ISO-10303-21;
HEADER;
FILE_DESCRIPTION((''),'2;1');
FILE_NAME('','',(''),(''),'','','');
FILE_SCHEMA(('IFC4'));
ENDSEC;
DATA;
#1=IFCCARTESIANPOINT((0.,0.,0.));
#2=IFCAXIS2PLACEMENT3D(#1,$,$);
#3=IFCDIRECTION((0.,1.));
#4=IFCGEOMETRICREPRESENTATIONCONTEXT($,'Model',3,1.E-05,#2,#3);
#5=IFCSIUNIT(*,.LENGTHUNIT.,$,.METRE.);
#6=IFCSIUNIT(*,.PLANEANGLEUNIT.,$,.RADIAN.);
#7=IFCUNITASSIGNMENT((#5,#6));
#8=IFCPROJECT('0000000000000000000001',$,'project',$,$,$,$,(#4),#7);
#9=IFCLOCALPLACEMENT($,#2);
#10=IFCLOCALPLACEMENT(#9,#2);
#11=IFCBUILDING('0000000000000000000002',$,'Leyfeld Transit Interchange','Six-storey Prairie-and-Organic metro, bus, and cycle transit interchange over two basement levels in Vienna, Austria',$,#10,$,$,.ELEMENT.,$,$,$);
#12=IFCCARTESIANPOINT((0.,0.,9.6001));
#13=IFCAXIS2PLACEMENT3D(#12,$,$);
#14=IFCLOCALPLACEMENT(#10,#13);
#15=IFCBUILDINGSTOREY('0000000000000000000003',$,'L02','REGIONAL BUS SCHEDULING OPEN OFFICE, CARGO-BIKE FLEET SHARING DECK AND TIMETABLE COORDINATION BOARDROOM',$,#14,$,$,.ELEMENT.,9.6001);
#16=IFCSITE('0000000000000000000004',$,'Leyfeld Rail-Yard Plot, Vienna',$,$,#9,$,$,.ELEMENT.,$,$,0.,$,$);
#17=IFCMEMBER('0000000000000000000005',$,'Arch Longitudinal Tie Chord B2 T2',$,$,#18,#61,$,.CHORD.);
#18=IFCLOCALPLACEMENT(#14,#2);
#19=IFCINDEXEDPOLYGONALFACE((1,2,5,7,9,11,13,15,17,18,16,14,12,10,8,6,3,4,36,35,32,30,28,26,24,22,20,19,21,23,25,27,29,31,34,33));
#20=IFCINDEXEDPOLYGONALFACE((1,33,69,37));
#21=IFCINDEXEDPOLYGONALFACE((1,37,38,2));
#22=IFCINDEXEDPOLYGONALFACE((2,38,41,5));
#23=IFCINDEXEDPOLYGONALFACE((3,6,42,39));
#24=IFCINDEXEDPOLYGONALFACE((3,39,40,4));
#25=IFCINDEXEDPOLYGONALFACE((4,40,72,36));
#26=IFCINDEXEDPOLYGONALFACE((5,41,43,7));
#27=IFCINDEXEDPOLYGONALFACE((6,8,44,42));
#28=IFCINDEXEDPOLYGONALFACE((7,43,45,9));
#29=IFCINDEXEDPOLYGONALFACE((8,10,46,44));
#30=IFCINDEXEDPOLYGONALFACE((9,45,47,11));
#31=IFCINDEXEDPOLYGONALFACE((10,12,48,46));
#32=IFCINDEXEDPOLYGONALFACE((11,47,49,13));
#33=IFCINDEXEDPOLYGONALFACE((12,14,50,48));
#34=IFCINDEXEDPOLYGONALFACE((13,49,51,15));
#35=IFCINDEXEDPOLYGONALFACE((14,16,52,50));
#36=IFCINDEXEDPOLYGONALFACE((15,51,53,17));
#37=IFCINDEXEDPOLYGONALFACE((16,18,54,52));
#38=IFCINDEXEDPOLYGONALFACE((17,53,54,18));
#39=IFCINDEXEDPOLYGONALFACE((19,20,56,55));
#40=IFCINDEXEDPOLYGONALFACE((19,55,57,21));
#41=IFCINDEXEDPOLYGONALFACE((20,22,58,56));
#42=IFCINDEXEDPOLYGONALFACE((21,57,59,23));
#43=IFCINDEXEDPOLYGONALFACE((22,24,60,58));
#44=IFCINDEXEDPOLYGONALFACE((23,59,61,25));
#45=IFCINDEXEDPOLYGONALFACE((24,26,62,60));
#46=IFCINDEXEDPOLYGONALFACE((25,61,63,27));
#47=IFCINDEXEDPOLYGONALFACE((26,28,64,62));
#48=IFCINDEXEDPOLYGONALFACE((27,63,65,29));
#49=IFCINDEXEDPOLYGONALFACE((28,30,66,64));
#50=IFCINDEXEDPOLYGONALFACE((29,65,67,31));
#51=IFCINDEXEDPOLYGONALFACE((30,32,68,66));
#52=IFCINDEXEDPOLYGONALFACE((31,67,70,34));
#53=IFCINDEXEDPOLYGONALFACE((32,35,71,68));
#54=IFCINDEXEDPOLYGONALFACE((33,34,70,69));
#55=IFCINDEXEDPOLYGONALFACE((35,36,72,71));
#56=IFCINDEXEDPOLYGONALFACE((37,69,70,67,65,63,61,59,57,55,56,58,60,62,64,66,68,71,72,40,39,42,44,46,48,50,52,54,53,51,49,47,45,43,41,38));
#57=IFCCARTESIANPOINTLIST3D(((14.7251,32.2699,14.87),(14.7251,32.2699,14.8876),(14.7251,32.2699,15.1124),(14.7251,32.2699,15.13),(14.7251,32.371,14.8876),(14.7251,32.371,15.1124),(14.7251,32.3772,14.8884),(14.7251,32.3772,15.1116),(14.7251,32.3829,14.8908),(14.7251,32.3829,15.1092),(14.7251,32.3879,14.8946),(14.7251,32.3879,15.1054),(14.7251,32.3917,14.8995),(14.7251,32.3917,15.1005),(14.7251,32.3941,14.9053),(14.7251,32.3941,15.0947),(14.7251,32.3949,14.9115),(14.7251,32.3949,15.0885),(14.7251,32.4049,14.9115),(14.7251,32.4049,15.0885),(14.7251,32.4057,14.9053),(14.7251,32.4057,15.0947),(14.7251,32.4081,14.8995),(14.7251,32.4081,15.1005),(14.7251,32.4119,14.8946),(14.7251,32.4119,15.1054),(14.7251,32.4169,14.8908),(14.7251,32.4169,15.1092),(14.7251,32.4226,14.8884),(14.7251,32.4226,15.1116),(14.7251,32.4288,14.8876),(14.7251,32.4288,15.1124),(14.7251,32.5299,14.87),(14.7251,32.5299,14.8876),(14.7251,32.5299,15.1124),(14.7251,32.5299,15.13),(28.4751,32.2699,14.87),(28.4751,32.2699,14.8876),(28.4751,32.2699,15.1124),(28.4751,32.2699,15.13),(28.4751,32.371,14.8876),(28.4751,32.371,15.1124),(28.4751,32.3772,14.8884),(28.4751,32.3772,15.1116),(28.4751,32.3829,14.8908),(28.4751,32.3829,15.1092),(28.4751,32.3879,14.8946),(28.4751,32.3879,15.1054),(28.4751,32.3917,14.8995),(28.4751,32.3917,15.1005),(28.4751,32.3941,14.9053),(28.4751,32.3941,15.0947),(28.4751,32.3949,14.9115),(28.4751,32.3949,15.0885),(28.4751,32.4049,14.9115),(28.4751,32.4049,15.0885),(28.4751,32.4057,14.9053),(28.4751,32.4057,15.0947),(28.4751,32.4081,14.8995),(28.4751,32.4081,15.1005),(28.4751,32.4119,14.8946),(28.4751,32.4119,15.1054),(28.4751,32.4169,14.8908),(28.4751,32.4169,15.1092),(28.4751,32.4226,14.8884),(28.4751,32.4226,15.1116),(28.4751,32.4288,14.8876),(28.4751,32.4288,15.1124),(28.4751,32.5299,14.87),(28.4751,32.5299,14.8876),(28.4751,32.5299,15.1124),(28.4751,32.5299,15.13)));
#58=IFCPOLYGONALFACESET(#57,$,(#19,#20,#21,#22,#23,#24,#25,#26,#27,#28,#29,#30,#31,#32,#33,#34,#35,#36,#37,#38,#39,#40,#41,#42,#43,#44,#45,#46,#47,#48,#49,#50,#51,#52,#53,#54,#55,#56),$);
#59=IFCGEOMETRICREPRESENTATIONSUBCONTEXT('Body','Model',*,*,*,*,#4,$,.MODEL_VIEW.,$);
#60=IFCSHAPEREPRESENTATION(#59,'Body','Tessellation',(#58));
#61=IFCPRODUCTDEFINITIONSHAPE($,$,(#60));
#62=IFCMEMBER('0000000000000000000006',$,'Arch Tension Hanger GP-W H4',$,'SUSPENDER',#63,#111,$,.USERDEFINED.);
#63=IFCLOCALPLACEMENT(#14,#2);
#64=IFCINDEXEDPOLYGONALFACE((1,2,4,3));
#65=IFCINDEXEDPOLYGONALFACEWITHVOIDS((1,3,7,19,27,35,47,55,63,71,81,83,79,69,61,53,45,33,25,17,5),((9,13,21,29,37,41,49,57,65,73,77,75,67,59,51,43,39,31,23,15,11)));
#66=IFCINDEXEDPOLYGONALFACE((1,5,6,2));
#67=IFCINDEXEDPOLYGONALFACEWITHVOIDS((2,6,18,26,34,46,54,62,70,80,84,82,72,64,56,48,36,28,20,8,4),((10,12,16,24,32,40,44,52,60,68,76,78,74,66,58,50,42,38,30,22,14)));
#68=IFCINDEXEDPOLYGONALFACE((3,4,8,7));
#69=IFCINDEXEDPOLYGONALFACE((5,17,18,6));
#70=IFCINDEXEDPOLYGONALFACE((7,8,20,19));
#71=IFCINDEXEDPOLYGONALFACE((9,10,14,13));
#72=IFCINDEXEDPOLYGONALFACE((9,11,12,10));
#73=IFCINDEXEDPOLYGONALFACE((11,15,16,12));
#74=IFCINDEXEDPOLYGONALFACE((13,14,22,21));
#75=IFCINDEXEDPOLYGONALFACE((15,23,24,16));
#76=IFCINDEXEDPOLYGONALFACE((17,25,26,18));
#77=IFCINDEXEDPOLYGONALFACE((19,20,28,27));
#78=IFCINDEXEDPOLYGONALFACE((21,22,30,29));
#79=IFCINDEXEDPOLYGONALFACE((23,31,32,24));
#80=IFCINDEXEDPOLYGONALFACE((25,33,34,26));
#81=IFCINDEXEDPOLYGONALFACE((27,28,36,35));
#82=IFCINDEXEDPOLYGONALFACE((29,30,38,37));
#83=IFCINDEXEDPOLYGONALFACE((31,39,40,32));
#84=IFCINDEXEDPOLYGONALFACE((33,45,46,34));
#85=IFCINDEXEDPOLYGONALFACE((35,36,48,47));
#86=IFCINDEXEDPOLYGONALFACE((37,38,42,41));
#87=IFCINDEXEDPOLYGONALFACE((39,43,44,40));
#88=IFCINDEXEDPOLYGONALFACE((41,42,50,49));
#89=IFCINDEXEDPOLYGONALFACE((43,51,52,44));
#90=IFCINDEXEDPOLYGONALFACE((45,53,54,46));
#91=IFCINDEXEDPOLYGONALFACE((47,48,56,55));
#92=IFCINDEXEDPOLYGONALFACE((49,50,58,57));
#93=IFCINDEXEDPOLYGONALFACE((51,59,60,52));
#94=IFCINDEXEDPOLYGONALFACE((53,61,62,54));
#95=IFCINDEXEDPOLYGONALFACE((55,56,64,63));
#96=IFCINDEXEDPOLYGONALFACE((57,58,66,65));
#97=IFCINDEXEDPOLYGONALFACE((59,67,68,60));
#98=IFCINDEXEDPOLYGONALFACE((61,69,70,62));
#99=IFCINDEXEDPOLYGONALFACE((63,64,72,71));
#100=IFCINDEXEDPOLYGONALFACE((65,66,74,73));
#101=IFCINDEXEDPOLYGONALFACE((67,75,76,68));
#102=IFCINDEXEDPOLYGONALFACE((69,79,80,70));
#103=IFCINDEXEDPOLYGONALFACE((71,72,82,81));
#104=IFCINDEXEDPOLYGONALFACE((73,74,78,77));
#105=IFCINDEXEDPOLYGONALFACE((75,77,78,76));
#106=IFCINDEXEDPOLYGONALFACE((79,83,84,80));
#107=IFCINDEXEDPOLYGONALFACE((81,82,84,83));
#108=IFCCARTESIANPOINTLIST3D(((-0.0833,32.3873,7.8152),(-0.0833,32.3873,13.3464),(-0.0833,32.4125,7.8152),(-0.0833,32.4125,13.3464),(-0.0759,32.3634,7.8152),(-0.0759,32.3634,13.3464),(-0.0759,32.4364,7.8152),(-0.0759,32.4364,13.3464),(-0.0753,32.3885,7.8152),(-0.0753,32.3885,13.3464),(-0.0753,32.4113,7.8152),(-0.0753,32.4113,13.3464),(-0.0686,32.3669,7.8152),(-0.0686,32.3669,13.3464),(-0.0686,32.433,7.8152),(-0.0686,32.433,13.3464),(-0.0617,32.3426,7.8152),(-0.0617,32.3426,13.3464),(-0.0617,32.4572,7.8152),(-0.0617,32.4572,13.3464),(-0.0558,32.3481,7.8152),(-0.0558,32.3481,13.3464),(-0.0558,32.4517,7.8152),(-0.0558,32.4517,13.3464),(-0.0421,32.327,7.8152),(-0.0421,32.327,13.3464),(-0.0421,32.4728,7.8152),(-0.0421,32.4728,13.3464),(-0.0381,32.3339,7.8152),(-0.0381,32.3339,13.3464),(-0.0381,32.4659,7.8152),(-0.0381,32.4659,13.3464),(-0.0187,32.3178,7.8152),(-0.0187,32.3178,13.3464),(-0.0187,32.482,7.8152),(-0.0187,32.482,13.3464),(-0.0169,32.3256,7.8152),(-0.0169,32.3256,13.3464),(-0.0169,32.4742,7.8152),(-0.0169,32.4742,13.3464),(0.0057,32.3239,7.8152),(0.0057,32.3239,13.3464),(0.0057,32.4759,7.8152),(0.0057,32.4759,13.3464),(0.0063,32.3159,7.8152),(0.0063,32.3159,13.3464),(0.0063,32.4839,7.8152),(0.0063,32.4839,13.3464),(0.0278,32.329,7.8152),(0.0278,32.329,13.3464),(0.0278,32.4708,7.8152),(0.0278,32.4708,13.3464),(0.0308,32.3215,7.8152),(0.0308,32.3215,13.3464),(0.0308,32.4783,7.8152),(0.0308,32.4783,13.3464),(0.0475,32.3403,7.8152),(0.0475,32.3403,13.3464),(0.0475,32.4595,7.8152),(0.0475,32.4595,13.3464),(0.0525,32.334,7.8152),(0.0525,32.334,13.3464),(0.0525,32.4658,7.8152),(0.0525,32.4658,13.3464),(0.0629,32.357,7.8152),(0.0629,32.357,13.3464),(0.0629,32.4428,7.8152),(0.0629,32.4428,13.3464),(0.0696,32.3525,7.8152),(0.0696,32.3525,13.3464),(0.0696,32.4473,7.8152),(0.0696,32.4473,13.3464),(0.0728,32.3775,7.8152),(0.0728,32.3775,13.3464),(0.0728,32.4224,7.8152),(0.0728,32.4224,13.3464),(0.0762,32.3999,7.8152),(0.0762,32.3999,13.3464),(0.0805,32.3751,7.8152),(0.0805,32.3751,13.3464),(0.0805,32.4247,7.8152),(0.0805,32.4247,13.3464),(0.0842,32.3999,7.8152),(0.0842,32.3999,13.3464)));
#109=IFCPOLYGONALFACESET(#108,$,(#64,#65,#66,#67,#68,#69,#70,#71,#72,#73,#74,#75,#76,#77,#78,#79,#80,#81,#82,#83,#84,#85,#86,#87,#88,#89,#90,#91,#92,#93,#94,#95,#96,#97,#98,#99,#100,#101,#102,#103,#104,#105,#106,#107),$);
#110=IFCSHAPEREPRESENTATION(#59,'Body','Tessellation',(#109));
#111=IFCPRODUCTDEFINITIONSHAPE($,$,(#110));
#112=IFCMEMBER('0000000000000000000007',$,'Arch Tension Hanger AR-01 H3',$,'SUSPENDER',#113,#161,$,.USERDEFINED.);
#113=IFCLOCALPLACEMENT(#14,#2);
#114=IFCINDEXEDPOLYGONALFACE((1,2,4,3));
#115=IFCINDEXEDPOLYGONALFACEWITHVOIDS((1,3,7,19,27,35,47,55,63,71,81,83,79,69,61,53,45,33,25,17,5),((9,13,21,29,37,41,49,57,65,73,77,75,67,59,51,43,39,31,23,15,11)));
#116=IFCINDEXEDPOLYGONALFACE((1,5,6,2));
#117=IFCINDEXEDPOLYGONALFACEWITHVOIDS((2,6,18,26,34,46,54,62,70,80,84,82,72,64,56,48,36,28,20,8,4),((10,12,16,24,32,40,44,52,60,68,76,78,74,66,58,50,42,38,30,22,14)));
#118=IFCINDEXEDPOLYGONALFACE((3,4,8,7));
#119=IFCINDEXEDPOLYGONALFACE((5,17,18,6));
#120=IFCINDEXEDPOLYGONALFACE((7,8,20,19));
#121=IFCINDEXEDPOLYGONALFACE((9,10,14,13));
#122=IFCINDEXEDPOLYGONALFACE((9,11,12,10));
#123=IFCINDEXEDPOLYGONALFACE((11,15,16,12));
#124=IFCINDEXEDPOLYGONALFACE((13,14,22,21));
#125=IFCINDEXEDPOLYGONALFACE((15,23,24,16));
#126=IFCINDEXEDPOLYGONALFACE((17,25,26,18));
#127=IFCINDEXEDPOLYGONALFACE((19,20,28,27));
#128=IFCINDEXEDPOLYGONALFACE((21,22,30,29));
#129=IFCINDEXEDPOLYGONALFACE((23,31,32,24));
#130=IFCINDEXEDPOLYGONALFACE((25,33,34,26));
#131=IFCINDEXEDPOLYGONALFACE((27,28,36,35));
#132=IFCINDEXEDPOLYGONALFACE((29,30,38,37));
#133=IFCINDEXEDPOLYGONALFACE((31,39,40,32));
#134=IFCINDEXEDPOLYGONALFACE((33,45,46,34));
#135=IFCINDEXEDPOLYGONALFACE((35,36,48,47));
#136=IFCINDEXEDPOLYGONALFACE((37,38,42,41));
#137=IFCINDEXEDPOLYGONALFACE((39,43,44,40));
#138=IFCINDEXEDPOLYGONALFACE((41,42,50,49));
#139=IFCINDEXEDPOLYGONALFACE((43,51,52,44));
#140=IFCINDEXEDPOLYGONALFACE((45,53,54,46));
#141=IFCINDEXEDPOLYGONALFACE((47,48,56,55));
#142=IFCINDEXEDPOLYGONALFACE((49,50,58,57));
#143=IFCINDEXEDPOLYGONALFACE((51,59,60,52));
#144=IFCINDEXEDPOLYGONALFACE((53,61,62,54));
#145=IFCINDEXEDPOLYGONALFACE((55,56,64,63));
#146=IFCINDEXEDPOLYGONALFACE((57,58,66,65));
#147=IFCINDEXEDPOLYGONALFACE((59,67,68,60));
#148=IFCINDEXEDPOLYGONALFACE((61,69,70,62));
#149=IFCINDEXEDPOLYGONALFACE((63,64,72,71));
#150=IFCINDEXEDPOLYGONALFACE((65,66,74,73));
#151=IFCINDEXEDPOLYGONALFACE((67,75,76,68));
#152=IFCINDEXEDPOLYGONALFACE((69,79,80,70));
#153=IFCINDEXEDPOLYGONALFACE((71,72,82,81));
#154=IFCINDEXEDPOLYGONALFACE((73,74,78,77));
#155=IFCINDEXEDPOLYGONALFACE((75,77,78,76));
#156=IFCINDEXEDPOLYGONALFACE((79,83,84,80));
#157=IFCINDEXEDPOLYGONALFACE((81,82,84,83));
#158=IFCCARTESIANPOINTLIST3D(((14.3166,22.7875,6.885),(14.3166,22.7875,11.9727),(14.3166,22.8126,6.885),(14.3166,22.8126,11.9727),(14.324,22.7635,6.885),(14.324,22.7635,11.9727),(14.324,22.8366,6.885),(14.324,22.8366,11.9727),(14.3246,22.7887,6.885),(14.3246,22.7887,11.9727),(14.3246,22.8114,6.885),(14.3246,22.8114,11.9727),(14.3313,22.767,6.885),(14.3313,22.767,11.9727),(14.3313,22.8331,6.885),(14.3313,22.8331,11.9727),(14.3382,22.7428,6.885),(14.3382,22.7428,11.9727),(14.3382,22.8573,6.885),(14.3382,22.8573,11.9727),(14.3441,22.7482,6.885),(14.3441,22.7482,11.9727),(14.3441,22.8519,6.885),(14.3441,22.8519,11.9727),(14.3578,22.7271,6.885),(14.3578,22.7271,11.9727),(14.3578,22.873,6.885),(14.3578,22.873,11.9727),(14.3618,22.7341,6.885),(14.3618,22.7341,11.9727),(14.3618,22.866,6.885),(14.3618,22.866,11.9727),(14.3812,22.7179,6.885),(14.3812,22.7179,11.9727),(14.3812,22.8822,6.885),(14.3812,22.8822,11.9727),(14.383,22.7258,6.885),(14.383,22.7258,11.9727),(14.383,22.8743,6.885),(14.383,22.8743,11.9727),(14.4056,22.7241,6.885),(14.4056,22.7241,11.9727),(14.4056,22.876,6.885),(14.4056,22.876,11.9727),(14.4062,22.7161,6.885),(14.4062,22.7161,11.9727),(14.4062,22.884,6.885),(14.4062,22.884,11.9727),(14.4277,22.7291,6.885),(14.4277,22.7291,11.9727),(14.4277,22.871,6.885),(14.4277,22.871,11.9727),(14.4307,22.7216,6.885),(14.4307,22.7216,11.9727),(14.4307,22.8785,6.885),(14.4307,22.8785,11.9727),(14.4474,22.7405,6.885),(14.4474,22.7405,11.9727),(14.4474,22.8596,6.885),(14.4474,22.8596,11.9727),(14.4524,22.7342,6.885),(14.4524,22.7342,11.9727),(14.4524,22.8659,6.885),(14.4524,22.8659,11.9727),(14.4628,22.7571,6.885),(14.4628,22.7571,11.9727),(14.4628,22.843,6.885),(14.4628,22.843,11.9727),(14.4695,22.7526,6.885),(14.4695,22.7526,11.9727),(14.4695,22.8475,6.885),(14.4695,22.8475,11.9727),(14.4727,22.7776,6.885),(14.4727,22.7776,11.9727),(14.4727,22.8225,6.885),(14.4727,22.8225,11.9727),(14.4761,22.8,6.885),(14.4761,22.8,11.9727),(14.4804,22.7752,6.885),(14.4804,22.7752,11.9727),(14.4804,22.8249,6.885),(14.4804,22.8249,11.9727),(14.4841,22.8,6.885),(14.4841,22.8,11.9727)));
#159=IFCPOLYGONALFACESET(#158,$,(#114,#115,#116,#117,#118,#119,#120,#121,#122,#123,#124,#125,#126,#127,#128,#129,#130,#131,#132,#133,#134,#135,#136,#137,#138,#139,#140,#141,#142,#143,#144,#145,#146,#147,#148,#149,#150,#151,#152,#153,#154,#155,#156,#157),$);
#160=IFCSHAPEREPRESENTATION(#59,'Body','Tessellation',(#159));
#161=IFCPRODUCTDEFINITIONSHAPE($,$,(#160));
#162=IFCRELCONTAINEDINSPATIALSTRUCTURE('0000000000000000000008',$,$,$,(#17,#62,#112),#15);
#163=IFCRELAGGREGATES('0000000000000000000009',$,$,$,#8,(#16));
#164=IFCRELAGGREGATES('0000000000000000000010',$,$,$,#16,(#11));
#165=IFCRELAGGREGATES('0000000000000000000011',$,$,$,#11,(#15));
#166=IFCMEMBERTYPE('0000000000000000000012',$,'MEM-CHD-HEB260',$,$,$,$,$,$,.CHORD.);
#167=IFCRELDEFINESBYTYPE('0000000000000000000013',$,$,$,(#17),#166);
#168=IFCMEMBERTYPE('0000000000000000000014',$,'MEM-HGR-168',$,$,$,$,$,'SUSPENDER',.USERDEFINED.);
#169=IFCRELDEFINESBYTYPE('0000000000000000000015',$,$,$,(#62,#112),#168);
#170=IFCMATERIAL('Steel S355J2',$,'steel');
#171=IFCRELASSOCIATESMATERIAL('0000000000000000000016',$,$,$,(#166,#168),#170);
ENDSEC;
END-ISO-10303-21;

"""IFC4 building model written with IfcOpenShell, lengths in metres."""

from ifc_helpers import new_model, si_unit, direction, frame, origin, origin_2d, place, context, subcontext, project, spatial, hollow_circle, i_section, extrude, material, material_profile, profile_set, type_object, element, save


model = new_model("IFC4")

# Units and contexts
model_context = context("Model", 3, precision=1e-05, world=origin(), true_north=direction((0.0, 1.0)))
body_context = subcontext(model_context, "Body", "Model", "MODEL_VIEW")
ifc_project = project(units=[si_unit("LENGTHUNIT", "METRE"), si_unit("PLANEANGLEUNIT", "RADIAN")], contexts=[model_context])

# Site, building, storey
site_placement = place(None, origin())
site = spatial("IfcSite", under=ifc_project, at=site_placement, Name="Leyfeld Rail-Yard Plot, Vienna", CompositionType="ELEMENT", RefElevation=0.0)
building_placement = place(site_placement, origin())
building = spatial("IfcBuilding", under=site, at=building_placement, Name="Leyfeld Transit Interchange", Description="Six-storey Prairie-and-Organic metro, bus, and cycle transit interchange over two basement levels in Vienna, Austria", CompositionType="ELEMENT")
storey_placement = place(building_placement, frame((0.0, 0.0, 9.6001)))
storey = spatial("IfcBuildingStorey", under=building, at=storey_placement, Name="L02", Description="REGIONAL BUS SCHEDULING OPEN OFFICE, CARGO-BIKE FLEET SHARING DECK AND TIMETABLE COORDINATION BOARDROOM", CompositionType="ELEMENT", Elevation=9.6001)

# Members
ifc_material_1 = material(Name="Steel S355J2", Category="steel")
ifc_material_profile_1 = material_profile(ifc_material_1, i_section(OverallWidth=0.26, OverallDepth=0.26, WebThickness=0.01, FlangeThickness=0.0176, FilletRadius=0.0239, at=origin_2d()), Name="HEB 260")
ifc_profile_set_1 = profile_set([ifc_material_profile_1], Name="Steel S355J2")
member_type_1 = type_object("IfcMemberType", Name="MEM-CHD-HEB260", PredefinedType="CHORD", material=ifc_profile_set_1)
member_1_placement = place(storey_placement, frame((14.7251, 32.3999, 15.0), z_axis=(1.0, 0.0, 0.0), x_axis=(0.0, 1.0, 0.0)))
element("IfcMember", 1, at=member_1_placement, inside=storey, type_object=member_type_1, Name="Arch Longitudinal Tie Chord B2 T2", PredefinedType="CHORD", context=body_context, shape_type="SweptSolid", body=[
    extrude(i_section(OverallWidth=0.26, OverallDepth=0.26, WebThickness=0.01, FlangeThickness=0.0176, FilletRadius=0.0239, at=origin_2d()), origin(), (0.0, 0.0, 1.0), 13.75),
])
ifc_material_profile_2 = material_profile(ifc_material_1, hollow_circle(Radius=0.0842, WallThickness=0.0081, at=origin_2d()), Name="CHS 168.3x8")
ifc_profile_set_2 = profile_set([ifc_material_profile_2], Name="Steel S355J2")
member_type_2 = type_object("IfcMemberType", Name="MEM-HGR-168", ElementType="SUSPENDER", PredefinedType="USERDEFINED", material=ifc_profile_set_2)
member_2_placement = place(storey_placement, frame((0.0, 32.3999, 7.8152), z_axis=(0.0, 0.0, 1.0), x_axis=(1.0, 0.0, 0.0)))
element("IfcMember", 2, at=member_2_placement, inside=storey, type_object=member_type_2, Name="Arch Tension Hanger GP-W H4", ObjectType="SUSPENDER", PredefinedType="USERDEFINED", context=body_context, shape_type="SweptSolid", body=[
    extrude(hollow_circle(Radius=0.0842, WallThickness=0.0081, at=origin_2d()), origin(), (0.0, 0.0, 1.0), 5.5312),
])
member_3_placement = place(storey_placement, frame((14.3999, 22.8, 6.885), z_axis=(0.0, 0.0, 1.0), x_axis=(1.0, 0.0, 0.0)))
element("IfcMember", 3, at=member_3_placement, inside=storey, type_object=member_type_2, Name="Arch Tension Hanger AR-01 H3", ObjectType="SUSPENDER", PredefinedType="USERDEFINED", context=body_context, shape_type="SweptSolid", body=[
    extrude(hollow_circle(Radius=0.0842, WallThickness=0.0081, at=origin_2d()), origin(), (0.0, 0.0, 1.0), 5.0876),
])

save(model, "model.ifc")
